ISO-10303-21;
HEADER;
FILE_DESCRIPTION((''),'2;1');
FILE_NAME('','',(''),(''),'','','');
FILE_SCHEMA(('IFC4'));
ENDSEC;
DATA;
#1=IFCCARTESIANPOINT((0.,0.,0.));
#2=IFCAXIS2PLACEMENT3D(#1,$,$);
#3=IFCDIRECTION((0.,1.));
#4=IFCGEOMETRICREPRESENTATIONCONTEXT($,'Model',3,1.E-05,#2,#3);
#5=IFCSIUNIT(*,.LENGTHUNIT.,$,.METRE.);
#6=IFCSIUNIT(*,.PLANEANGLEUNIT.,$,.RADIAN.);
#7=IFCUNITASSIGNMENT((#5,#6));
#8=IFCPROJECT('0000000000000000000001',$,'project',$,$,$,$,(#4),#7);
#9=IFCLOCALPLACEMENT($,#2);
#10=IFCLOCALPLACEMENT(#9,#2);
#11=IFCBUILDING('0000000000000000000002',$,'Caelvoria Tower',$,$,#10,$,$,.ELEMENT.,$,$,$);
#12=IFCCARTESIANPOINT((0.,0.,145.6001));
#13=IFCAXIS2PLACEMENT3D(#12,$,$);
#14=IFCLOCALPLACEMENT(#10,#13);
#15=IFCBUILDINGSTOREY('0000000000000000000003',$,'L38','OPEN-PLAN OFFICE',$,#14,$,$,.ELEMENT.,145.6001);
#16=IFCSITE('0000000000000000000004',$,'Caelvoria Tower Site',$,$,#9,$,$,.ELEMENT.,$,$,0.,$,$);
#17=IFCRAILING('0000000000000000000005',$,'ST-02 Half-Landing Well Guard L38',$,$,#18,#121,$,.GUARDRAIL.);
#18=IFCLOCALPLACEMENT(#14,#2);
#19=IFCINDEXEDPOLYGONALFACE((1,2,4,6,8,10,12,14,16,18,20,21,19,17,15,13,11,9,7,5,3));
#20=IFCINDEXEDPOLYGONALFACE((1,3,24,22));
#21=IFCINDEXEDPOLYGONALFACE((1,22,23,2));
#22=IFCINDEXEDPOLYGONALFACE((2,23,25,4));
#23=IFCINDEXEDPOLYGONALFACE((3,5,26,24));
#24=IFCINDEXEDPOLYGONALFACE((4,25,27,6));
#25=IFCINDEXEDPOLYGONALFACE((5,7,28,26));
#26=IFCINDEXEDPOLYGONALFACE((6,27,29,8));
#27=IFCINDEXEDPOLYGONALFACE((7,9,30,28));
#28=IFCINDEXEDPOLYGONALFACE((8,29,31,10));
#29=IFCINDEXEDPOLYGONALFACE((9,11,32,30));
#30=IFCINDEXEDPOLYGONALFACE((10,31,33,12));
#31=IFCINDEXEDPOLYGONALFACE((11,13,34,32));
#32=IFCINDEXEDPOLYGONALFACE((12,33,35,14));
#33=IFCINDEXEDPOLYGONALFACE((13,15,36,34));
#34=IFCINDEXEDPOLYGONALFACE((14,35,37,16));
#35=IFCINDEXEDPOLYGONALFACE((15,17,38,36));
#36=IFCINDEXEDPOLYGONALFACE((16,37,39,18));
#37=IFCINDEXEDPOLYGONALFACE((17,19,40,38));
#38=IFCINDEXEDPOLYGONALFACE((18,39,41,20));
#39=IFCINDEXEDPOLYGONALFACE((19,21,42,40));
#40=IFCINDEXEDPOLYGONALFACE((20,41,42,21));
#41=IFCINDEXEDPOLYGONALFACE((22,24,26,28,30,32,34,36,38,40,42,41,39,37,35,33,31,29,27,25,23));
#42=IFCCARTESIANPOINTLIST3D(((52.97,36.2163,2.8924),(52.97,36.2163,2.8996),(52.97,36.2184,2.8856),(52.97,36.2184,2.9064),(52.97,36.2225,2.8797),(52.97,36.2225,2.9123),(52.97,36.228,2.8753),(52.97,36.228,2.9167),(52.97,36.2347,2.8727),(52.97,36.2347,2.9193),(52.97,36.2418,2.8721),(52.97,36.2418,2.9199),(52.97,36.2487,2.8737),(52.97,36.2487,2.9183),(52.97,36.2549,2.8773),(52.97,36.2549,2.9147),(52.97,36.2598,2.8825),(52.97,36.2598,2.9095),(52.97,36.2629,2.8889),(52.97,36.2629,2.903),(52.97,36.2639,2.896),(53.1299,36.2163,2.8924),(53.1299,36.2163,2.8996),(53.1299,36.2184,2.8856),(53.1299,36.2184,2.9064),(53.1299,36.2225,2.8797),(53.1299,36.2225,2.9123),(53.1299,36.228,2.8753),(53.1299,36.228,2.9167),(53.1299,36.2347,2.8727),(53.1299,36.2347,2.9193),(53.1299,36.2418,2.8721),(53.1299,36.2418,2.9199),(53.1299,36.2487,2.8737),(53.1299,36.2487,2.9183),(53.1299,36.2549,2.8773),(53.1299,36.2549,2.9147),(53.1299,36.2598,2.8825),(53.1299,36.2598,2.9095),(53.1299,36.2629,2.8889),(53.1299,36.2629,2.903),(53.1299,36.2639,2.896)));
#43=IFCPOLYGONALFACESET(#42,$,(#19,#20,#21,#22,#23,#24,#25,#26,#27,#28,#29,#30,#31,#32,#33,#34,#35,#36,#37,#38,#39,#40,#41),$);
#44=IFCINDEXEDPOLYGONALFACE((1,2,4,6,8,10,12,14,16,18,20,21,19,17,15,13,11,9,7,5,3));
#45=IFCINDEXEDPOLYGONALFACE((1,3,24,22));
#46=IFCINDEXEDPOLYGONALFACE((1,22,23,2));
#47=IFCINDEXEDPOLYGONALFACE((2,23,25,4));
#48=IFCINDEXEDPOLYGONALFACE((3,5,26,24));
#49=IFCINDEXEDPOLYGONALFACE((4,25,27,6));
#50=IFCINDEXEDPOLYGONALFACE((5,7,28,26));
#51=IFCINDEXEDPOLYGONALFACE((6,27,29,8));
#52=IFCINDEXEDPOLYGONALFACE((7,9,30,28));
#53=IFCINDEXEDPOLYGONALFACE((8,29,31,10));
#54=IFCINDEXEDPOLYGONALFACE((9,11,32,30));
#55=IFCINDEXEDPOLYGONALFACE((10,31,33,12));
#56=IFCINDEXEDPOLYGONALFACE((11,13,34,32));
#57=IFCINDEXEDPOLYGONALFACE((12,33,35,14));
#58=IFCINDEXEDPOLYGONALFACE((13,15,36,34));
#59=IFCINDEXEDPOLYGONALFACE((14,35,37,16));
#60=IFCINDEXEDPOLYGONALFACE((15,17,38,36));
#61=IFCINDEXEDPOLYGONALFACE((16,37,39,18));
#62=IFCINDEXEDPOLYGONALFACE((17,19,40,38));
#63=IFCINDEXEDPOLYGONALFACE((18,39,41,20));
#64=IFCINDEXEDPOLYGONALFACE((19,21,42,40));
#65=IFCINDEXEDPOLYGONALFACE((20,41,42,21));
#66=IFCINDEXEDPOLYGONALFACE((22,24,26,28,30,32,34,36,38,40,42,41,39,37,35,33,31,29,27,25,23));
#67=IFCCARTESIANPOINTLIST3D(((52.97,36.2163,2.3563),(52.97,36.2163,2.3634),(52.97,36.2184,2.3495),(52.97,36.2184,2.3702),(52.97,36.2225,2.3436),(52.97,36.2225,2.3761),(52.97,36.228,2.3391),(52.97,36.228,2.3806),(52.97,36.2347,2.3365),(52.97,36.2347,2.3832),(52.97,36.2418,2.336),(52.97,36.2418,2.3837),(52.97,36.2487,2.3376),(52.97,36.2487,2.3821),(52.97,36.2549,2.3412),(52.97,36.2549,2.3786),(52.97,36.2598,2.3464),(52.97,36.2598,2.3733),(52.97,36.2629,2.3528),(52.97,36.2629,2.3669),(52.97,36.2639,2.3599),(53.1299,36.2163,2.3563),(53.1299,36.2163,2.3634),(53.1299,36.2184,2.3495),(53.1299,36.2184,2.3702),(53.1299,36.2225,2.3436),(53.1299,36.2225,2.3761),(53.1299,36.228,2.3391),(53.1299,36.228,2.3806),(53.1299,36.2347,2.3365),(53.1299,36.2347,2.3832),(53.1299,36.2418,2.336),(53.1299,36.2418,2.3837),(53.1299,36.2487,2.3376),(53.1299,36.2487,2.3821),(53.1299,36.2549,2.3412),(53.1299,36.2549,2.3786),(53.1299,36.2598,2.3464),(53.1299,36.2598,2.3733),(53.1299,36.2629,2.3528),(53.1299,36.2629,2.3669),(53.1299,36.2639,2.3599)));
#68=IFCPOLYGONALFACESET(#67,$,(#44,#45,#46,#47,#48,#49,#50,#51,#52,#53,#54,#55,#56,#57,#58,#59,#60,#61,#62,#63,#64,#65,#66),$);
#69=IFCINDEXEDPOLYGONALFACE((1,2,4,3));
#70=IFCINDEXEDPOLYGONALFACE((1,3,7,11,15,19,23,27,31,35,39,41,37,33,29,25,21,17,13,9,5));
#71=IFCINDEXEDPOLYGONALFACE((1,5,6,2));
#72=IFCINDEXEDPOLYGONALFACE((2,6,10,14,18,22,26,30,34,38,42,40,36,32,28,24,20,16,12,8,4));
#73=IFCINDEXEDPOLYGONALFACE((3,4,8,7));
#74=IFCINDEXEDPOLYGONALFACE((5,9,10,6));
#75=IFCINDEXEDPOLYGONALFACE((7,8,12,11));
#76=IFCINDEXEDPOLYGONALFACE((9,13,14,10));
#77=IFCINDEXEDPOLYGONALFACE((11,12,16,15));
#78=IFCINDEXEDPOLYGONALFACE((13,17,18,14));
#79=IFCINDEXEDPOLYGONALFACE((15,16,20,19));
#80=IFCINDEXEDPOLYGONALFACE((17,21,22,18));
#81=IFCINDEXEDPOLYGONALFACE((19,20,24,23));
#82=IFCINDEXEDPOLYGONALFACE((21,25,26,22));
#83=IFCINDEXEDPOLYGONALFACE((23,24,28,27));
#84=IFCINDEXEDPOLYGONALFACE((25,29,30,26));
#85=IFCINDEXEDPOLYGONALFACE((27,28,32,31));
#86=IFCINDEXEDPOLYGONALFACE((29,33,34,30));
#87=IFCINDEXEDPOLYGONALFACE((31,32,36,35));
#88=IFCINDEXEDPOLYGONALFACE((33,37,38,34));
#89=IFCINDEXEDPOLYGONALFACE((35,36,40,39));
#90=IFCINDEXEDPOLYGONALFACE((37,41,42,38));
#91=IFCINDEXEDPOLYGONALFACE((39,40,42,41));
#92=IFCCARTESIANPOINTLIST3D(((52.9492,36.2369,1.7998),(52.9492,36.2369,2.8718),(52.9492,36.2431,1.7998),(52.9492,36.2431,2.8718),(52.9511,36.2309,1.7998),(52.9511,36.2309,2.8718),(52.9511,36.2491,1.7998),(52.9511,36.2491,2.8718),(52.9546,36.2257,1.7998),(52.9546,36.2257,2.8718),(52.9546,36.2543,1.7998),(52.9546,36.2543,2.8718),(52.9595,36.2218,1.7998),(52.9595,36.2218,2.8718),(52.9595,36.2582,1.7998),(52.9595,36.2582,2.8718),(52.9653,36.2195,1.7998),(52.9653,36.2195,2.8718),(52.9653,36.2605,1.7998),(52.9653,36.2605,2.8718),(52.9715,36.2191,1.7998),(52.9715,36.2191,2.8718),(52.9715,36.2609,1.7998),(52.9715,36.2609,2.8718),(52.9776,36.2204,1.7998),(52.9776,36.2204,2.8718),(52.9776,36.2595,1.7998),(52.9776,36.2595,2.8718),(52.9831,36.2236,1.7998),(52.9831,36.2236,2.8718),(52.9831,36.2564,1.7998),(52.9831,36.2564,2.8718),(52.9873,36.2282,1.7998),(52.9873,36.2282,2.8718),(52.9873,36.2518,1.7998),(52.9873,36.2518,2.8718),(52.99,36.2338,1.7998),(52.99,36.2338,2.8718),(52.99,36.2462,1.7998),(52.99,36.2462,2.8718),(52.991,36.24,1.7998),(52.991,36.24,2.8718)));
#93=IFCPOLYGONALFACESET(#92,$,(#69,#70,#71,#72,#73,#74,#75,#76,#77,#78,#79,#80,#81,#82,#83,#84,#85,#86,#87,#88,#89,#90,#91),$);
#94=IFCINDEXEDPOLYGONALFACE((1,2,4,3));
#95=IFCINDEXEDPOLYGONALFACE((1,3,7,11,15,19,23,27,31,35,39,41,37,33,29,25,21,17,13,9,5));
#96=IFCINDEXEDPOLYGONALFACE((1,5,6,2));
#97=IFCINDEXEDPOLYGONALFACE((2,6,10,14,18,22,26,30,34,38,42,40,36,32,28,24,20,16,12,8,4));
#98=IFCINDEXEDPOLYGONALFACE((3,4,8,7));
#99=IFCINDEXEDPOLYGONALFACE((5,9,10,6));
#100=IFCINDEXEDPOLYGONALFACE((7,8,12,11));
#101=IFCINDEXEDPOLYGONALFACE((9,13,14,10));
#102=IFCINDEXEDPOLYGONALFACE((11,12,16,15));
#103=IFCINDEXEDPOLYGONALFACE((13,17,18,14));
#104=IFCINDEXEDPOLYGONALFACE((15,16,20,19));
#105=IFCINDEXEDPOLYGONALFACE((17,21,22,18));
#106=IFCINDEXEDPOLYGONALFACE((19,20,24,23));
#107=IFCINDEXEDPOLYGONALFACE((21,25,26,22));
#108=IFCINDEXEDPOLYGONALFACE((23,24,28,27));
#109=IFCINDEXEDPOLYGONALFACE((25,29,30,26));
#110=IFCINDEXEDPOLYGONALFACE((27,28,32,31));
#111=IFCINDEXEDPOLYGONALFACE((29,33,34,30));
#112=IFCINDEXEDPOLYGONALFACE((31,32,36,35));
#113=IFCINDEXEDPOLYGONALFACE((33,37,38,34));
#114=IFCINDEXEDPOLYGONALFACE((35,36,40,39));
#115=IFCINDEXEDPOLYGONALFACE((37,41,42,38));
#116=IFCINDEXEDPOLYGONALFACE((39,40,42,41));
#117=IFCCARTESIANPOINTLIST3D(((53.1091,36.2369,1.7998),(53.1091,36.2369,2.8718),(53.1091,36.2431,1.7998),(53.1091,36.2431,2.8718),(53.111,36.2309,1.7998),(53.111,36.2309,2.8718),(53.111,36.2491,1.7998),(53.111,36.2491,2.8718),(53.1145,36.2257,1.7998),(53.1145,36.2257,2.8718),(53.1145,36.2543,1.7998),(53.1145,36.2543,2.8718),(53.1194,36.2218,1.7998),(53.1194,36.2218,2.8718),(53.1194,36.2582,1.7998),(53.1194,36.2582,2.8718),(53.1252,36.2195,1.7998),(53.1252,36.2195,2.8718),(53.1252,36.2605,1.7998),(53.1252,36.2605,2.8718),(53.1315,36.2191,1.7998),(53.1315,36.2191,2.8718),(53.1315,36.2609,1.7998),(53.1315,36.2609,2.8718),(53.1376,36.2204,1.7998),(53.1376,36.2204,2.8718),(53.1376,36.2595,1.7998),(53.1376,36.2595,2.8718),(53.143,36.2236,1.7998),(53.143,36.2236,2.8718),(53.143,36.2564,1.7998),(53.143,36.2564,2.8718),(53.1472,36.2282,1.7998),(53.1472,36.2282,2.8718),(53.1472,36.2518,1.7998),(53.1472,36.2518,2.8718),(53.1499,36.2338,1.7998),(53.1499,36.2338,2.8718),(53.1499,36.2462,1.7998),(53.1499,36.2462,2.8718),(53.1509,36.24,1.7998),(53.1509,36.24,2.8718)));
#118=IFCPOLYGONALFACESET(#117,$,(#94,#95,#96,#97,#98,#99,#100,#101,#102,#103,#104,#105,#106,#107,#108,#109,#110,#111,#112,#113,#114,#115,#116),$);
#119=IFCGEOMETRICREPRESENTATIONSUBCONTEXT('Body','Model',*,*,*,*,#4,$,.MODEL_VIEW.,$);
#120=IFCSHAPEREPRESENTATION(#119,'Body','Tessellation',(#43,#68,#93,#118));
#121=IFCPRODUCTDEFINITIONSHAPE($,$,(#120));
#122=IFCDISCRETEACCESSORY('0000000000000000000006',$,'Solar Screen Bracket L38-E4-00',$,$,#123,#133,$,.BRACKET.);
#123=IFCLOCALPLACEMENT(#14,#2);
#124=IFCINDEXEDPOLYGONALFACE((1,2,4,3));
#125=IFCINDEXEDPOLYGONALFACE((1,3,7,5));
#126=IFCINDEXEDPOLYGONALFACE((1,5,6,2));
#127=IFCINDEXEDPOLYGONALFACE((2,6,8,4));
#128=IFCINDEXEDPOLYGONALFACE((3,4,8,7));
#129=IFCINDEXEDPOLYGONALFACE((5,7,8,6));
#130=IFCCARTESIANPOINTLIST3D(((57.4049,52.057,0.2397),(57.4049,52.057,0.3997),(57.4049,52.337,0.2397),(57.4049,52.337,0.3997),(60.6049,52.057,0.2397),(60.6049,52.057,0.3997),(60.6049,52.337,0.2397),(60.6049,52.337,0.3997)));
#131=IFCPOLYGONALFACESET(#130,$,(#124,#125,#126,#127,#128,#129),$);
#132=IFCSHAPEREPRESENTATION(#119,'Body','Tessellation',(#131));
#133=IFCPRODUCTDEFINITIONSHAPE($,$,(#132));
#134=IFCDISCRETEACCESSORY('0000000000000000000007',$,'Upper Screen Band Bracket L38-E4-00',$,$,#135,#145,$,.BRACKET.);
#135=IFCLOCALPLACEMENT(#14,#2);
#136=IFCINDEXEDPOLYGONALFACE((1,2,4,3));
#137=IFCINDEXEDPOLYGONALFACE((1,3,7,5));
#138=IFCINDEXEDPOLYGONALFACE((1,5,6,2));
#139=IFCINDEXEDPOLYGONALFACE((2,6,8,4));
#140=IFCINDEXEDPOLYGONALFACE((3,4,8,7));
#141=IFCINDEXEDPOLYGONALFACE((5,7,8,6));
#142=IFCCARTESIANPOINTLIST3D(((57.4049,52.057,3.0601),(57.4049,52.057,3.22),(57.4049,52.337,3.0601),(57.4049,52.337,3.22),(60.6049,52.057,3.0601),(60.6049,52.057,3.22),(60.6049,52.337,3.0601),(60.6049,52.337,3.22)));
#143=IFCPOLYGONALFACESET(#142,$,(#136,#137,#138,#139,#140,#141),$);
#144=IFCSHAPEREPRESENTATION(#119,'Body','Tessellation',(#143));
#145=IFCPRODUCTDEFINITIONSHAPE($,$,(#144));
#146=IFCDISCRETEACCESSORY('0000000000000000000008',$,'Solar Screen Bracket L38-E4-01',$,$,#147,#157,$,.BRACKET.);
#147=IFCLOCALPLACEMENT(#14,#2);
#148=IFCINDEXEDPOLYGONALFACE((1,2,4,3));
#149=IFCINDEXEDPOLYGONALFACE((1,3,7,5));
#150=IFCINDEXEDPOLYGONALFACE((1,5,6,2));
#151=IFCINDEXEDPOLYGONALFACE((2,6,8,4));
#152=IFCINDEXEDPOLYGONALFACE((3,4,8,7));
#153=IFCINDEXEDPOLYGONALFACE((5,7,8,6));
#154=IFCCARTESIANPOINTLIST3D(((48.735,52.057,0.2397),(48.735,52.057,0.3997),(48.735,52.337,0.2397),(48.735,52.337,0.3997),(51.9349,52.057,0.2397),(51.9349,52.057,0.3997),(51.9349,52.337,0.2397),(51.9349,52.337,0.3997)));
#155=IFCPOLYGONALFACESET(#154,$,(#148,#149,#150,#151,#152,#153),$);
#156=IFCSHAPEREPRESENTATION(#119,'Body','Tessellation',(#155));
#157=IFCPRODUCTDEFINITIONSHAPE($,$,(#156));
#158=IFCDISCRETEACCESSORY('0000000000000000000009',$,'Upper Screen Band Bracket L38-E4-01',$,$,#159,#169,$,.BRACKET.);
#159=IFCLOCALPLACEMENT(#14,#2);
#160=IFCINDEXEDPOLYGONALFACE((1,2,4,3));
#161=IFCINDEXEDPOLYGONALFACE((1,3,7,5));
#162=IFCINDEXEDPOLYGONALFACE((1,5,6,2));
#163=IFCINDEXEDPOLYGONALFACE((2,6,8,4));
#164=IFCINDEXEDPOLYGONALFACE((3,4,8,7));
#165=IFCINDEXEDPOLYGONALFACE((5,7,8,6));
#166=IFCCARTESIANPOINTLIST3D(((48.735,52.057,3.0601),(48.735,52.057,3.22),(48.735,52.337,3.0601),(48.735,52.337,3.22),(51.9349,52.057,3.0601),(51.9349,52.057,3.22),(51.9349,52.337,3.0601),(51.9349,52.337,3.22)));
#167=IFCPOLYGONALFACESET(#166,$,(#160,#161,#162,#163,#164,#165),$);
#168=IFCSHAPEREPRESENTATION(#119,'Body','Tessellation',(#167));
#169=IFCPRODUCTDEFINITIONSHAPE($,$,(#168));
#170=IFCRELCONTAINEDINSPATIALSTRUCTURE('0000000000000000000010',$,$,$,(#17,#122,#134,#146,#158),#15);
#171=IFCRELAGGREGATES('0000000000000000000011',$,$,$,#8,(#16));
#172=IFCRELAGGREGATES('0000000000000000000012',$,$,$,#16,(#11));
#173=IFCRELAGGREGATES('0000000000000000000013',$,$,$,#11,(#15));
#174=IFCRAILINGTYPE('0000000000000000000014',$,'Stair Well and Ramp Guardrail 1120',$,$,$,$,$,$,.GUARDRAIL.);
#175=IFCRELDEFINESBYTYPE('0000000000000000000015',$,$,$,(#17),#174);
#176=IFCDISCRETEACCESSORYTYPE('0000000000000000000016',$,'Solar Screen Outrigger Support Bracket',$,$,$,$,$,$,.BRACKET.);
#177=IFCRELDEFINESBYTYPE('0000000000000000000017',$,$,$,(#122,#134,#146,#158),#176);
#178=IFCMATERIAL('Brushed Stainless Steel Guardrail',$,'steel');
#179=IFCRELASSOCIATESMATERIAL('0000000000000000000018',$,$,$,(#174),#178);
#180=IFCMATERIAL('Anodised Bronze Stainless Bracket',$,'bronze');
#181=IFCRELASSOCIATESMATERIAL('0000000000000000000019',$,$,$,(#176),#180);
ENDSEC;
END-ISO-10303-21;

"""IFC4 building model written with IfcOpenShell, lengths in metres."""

from ifc_helpers import new_model, si_unit, direction, frame, origin, origin_2d, place, context, subcontext, project, spatial, rectangle, circle, extrude, material, type_object, element, save


model = new_model("IFC4")

# Units and contexts
model_context = context("Model", 3, precision=1e-05, world=origin(), true_north=direction((0.0, 1.0)))
body_context = subcontext(model_context, "Body", "Model", "MODEL_VIEW")
ifc_project = project(units=[si_unit("LENGTHUNIT", "METRE"), si_unit("PLANEANGLEUNIT", "RADIAN")], contexts=[model_context])

# Site, building, storey
site_placement = place(None, origin())
site = spatial("IfcSite", under=ifc_project, at=site_placement, Name="Caelvoria Tower Site", CompositionType="ELEMENT", RefElevation=0.0)
building_placement = place(site_placement, origin())
building = spatial("IfcBuilding", under=site, at=building_placement, Name="Caelvoria Tower", CompositionType="ELEMENT")
storey_placement = place(building_placement, frame((0.0, 0.0, 145.6001)))
storey = spatial("IfcBuildingStorey", under=building, at=storey_placement, Name="L38", Description="OPEN-PLAN OFFICE", CompositionType="ELEMENT", Elevation=145.6001)

# Railing
ifc_material_1 = material(Name="Brushed Stainless Steel Guardrail", Category="steel")
railing_type_1 = type_object("IfcRailingType", Name="Stair Well and Ramp Guardrail 1120", PredefinedType="GUARDRAIL", material=ifc_material_1)
railing_1_placement = place(storey_placement, frame((52.97, 36.24, 1.7998)))
element("IfcRailing", 1, at=railing_1_placement, inside=storey, type_object=railing_type_1, Name="ST-02 Half-Landing Well Guard L38", PredefinedType="GUARDRAIL", context=body_context, shape_type="SweptSolid", body=[
    extrude(circle(Radius=0.0239, at=origin_2d()), frame((0.0, 0.0, 1.0962), z_axis=(1.0, 0.0, 0.0), x_axis=(0.0, 1.0, 0.0)), (0.0, 0.0, 1.0), 0.1599),
    extrude(circle(Radius=0.0239, at=origin_2d()), frame((0.0, 0.0, 0.5601), z_axis=(1.0, 0.0, 0.0), x_axis=(0.0, 1.0, 0.0)), (0.0, 0.0, 1.0), 0.1599),
    extrude(circle(Radius=0.021, at=origin_2d()), origin(), (0.0, 0.0, 1.0), 1.072),
    extrude(circle(Radius=0.021, at=origin_2d()), frame((0.1599, 0.0, 0.0)), (0.0, 0.0, 1.0), 1.072),
])

# Discrete accessories
ifc_material_2 = material(Name="Anodised Bronze Stainless Bracket", Category="bronze")
discrete_accessory_type = type_object("IfcDiscreteAccessoryType", Name="Solar Screen Outrigger Support Bracket", PredefinedType="BRACKET", material=ifc_material_2)
for number, where, z_axis, x_axis, name in (
    (2, (59.0049, 52.197, 0.2397), (0.0, 0.0, 1.0), (-1.0, 0.0, 0.0), "Solar Screen Bracket L38-E4-00"),
    (3, (59.0049, 52.197, 3.0601), (0.0, 0.0, 1.0), (-1.0, 0.0, 0.0), "Upper Screen Band Bracket L38-E4-00"),
    (4, (50.335, 52.197, 0.2397), (0.0, 0.0, 1.0), (-1.0, 0.0, 0.0), "Solar Screen Bracket L38-E4-01"),
    (5, (50.335, 52.197, 3.0601), (0.0, 0.0, 1.0), (-1.0, 0.0, 0.0), "Upper Screen Band Bracket L38-E4-01"),
):
    element("IfcDiscreteAccessory", number, at=place(storey_placement, frame(where, z_axis=z_axis, x_axis=x_axis)), inside=storey, type_object=discrete_accessory_type, Name=name, PredefinedType="BRACKET", context=body_context, shape_type="SweptSolid", body=[
        extrude(rectangle(XDim=3.2, YDim=0.28, at=origin_2d()), origin(), (0.0, 0.0, 1.0), 0.1599),
    ])

save(model, "model.ifc")
